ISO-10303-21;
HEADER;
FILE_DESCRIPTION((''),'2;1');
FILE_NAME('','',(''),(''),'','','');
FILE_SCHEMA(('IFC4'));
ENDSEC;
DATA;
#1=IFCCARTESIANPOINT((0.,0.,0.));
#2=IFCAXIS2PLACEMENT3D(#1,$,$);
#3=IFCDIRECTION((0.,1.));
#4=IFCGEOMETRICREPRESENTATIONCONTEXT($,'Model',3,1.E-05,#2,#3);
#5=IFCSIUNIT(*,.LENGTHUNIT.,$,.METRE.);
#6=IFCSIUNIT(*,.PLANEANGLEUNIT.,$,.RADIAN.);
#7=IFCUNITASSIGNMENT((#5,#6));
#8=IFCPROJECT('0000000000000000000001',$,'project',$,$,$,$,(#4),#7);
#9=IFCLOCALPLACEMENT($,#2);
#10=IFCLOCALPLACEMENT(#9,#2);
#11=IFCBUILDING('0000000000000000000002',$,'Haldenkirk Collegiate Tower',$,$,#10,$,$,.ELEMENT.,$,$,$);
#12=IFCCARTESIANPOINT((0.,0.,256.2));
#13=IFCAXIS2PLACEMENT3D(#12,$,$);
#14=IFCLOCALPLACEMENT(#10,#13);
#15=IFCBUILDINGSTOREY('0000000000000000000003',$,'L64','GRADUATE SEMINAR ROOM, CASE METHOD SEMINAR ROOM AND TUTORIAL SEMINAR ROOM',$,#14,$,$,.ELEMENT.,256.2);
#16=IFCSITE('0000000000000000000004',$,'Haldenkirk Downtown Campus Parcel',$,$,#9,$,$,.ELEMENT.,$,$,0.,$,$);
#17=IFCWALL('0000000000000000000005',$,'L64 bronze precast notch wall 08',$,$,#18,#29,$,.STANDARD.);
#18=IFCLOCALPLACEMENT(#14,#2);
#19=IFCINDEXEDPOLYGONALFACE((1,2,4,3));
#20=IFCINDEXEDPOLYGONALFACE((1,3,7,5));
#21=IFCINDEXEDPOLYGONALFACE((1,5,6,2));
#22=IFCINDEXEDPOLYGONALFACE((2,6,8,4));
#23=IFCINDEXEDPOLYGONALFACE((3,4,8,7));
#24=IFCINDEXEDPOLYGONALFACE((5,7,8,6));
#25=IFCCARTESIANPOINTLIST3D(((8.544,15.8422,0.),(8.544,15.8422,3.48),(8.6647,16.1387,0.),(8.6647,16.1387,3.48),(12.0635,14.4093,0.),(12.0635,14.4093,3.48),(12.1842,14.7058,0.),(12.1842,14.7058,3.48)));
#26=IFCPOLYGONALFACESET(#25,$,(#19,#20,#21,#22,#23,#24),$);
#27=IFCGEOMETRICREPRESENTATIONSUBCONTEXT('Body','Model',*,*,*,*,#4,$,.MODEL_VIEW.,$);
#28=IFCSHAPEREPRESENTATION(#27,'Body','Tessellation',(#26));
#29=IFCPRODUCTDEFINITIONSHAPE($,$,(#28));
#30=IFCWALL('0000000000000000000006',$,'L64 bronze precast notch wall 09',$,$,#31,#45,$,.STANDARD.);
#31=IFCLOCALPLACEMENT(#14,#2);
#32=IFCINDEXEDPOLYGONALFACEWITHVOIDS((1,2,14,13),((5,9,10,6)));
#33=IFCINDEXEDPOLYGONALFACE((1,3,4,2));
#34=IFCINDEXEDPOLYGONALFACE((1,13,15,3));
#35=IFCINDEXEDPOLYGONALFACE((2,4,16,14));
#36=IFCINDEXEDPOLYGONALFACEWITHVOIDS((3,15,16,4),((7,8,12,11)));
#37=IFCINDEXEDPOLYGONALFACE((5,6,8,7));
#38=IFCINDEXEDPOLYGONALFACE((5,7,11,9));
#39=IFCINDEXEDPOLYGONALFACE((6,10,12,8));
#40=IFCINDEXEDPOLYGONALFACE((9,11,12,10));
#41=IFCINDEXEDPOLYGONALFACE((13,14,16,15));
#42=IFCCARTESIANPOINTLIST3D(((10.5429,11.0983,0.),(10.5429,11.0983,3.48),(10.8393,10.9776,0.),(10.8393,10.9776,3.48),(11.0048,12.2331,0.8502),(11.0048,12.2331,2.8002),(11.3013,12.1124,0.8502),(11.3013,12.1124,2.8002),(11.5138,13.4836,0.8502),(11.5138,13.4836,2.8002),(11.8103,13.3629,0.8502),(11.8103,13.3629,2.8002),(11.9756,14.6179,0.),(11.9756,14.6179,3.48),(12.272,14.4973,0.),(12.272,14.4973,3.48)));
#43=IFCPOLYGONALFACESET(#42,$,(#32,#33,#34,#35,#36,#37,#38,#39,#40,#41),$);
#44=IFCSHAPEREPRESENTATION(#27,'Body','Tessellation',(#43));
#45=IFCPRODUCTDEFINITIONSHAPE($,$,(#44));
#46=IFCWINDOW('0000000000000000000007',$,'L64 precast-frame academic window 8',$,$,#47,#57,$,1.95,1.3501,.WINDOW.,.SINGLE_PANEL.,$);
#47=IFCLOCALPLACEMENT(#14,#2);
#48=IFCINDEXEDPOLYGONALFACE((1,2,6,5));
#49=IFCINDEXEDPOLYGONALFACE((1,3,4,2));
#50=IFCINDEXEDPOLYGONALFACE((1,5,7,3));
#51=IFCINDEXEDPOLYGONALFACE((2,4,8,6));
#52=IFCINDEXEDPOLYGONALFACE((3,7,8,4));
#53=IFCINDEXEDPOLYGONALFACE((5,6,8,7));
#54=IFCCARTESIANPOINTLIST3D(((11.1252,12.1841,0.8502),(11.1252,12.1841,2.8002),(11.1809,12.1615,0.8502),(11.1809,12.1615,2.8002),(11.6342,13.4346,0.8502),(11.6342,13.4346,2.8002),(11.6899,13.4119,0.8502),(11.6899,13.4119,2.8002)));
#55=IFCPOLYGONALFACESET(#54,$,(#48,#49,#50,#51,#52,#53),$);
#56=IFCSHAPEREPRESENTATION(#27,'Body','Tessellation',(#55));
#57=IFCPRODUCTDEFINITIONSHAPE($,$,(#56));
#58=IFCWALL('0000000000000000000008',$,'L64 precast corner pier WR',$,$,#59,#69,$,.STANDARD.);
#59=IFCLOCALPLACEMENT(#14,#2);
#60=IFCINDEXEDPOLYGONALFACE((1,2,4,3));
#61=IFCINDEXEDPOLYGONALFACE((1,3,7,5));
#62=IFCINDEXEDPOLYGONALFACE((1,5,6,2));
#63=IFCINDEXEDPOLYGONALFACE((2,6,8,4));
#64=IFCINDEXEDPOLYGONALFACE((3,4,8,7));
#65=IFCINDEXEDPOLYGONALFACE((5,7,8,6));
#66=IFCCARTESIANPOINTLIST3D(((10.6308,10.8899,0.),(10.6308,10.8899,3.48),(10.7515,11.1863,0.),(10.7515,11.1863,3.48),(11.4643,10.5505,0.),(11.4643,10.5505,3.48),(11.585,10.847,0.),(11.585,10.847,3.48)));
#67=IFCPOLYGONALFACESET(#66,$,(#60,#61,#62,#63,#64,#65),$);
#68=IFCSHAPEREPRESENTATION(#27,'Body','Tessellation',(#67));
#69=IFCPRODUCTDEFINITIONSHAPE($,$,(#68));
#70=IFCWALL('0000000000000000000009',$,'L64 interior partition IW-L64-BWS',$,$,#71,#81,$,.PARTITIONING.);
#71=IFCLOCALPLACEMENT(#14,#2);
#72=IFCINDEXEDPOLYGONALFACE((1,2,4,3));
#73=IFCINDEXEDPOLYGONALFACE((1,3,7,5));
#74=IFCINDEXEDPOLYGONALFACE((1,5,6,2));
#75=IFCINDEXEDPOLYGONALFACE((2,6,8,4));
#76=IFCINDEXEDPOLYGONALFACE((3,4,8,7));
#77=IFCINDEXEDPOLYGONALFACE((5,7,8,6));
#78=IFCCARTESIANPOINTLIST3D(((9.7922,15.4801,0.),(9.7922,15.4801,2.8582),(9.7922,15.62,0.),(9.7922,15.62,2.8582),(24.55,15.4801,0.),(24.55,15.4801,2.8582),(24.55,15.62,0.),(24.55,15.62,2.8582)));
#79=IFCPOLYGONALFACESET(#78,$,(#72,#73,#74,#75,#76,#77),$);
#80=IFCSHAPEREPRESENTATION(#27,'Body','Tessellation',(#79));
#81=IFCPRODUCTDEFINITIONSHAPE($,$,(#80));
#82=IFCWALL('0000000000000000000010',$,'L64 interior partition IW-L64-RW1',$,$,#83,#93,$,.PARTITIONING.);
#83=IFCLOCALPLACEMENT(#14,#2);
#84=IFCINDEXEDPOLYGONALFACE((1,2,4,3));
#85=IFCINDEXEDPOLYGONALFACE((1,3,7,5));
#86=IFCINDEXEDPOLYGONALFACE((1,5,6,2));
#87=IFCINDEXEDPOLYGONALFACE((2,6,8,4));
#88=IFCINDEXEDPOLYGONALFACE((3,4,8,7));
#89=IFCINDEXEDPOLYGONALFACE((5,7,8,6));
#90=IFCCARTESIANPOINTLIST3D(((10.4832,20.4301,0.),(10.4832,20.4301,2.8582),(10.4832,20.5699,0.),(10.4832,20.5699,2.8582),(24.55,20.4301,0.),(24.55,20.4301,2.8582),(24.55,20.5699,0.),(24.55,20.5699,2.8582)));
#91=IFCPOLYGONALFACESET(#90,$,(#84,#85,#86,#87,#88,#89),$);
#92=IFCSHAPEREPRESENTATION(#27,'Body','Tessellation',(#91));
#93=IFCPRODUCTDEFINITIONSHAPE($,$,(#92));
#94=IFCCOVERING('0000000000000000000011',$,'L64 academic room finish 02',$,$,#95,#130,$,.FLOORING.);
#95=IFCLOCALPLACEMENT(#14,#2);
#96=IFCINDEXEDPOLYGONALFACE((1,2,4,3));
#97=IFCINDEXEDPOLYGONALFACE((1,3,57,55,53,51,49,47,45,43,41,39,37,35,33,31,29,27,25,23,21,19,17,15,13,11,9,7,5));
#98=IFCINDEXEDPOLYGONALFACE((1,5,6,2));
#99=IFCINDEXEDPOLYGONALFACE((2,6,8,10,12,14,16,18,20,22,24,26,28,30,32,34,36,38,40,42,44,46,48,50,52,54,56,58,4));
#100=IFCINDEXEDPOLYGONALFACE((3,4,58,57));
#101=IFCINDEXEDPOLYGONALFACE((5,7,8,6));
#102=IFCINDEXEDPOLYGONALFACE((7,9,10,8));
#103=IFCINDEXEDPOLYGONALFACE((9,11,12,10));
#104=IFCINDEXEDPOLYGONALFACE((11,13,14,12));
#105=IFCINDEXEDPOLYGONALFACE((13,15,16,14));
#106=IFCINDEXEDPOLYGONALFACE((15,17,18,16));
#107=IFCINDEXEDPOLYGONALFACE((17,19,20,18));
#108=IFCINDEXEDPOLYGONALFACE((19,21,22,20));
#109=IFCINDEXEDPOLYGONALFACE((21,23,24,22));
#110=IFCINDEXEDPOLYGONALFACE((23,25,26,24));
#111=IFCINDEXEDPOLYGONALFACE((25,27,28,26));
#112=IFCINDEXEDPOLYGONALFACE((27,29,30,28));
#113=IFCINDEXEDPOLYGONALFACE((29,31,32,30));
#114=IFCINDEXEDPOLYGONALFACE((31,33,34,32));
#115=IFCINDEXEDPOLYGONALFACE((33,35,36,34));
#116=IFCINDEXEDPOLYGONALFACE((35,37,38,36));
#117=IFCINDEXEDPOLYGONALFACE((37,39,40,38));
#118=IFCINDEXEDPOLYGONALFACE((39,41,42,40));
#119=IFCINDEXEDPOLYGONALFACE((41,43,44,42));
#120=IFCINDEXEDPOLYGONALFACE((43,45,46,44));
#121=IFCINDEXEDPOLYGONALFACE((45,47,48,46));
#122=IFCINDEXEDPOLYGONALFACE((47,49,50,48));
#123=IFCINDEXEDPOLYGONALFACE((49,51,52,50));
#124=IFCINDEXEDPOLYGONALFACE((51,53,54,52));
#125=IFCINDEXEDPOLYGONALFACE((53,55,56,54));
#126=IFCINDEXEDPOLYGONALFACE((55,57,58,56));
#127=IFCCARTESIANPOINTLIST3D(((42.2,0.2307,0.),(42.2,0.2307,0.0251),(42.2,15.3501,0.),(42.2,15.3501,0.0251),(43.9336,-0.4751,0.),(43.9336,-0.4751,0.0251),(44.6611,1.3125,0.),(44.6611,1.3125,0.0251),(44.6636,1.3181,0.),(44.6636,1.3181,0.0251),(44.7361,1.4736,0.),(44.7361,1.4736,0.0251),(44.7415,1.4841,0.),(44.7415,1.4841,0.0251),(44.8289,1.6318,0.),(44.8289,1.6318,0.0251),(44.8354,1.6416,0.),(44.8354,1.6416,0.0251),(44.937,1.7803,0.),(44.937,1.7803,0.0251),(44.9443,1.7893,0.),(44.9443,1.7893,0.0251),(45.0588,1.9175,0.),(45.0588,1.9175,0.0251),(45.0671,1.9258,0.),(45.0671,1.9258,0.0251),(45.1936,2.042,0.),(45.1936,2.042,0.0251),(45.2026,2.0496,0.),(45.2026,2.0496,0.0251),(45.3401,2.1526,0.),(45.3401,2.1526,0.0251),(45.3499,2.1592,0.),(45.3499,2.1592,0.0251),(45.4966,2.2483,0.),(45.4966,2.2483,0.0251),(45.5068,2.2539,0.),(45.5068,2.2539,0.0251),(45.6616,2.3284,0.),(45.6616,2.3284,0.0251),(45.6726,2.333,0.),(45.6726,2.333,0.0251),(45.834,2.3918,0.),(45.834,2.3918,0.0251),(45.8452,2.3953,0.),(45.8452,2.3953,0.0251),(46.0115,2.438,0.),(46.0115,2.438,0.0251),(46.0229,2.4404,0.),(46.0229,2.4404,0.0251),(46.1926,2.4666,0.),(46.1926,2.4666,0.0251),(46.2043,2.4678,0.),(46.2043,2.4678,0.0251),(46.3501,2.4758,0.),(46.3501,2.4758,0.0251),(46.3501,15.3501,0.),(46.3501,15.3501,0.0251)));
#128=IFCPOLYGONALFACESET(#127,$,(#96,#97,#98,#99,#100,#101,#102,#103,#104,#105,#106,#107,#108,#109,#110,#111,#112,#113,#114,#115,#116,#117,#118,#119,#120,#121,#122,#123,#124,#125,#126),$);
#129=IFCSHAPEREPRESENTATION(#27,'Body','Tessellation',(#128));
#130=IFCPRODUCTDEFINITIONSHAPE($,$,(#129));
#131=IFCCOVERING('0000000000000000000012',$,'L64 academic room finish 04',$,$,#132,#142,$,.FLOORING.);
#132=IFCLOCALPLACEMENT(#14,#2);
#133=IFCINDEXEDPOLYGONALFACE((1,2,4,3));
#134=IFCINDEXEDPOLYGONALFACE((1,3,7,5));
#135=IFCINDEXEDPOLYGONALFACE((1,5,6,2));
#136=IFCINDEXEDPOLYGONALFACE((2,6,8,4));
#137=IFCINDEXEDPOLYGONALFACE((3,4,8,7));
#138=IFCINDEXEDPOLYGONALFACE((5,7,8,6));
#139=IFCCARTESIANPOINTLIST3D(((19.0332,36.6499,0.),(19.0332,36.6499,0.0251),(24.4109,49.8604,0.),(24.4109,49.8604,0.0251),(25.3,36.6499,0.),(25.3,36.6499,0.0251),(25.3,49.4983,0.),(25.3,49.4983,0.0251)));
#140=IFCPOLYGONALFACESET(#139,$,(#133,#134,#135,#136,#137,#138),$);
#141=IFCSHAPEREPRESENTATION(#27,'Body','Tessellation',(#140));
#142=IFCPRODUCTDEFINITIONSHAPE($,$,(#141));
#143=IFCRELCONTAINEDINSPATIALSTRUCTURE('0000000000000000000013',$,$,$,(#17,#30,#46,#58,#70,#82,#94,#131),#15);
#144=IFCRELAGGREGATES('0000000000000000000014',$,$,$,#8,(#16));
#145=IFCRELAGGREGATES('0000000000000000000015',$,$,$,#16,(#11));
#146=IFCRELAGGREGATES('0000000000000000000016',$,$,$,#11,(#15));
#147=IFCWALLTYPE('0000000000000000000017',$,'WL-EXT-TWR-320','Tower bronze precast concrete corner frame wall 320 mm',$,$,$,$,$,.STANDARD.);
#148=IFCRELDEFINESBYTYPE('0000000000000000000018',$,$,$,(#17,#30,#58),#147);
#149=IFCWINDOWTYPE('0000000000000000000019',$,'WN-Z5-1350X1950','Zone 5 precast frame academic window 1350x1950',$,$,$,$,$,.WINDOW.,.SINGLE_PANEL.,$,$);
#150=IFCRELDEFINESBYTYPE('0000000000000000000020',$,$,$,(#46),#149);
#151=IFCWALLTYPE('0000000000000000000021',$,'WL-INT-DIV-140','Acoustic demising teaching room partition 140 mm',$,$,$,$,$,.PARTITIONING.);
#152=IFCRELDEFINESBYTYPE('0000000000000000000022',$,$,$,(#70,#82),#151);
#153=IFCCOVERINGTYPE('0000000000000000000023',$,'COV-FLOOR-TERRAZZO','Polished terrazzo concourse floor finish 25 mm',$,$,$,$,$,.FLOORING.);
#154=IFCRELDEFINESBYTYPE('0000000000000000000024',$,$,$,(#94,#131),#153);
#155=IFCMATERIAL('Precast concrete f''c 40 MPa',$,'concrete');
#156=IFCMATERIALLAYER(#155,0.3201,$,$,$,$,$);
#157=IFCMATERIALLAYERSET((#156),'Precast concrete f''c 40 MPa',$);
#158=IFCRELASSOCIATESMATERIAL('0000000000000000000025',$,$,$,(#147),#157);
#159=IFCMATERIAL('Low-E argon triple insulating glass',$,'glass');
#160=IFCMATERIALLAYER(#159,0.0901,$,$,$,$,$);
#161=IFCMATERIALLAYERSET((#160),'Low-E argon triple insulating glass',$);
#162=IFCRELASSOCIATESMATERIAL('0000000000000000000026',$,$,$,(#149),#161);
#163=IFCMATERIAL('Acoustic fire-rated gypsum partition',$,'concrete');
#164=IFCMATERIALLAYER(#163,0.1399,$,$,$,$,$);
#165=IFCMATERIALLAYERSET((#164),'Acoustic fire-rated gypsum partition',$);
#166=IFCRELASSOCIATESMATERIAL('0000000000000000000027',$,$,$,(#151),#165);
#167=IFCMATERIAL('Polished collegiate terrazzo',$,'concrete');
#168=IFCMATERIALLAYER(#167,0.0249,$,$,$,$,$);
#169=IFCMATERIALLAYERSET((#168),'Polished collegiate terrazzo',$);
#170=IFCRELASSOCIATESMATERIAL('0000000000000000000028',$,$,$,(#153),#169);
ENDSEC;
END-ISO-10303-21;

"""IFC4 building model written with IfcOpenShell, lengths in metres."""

from ifc_helpers import new_model, si_unit, direction, frame, frame_2d, origin, place, context, subcontext, project, spatial, polyline, rectangle, outline, extrude, material, layer, layer_set, type_object, element, fill, save


model = new_model("IFC4")

# Units and contexts
model_context = context("Model", 3, precision=1e-05, world=origin(), true_north=direction((0.0, 1.0)))
body_context = subcontext(model_context, "Body", "Model", "MODEL_VIEW")
ifc_project = project(units=[si_unit("LENGTHUNIT", "METRE"), si_unit("PLANEANGLEUNIT", "RADIAN")], contexts=[model_context])

# Site, building, storey
site_placement = place(None, origin())
site = spatial("IfcSite", under=ifc_project, at=site_placement, Name="Haldenkirk Downtown Campus Parcel", CompositionType="ELEMENT", RefElevation=0.0)
building_placement = place(site_placement, origin())
building = spatial("IfcBuilding", under=site, at=building_placement, Name="Haldenkirk Collegiate Tower", CompositionType="ELEMENT")
storey_placement = place(building_placement, frame((0.0, 0.0, 256.2)))
storey = spatial("IfcBuildingStorey", under=building, at=storey_placement, Name="L64", Description="GRADUATE SEMINAR ROOM, CASE METHOD SEMINAR ROOM AND TUTORIAL SEMINAR ROOM", CompositionType="ELEMENT", Elevation=256.2)

# Wall
ifc_material_1 = material(Name="Precast concrete f'c 40 MPa", Category="concrete")
ifc_layer_1 = layer(ifc_material_1, 0.3201)
ifc_layer_set_1 = layer_set([ifc_layer_1], Name="Precast concrete f'c 40 MPa")
wall_type_1 = type_object("IfcWallType", Name="WL-EXT-TWR-320", Description="Tower bronze precast concrete corner frame wall 320 mm", PredefinedType="STANDARD", material=ifc_layer_set_1)
wall_1_placement = place(storey_placement, frame((12.1238, 14.5576, 0.0), z_axis=(0.0, 0.0, 1.0), x_axis=(-0.926186, 0.377066, 0.0)))
element("IfcWall", 1, at=wall_1_placement, inside=storey, type_object=wall_type_1, Name="L64 bronze precast notch wall 08", PredefinedType="STANDARD", context=body_context, shape_type="SweptSolid", body=[
    extrude(rectangle(XDim=3.8, YDim=0.3201, at=frame_2d((1.8999, 0.0))), origin(), (0.0, 0.0, 1.0), 3.48),
])

# Wall, opening, window
wall_2_placement = place(storey_placement, frame((10.6912, 11.0381, 0.0), z_axis=(0.0, 0.0, 1.0), x_axis=(0.377011, 0.926209, 0.0)))
wall_2 = element("IfcWall", 2, at=wall_2_placement, inside=storey, type_object=wall_type_1, Name="L64 bronze precast notch wall 09", PredefinedType="STANDARD", context=body_context, shape_type="SweptSolid", body=[
    extrude(rectangle(XDim=3.8, YDim=0.3201, at=frame_2d((1.8999, 0.0))), origin(), (0.0, 0.0, 1.0), 3.48),
])
opening_placement = place(wall_2_placement, frame((1.2251, 0.0, 0.8501)))
opening = element("IfcOpeningElement", 3, at=opening_placement, cuts=wall_2, PredefinedType="OPENING", context=body_context, shape_type="SweptSolid", body=[
    extrude(rectangle(XDim=1.3501, YDim=1.95, at=frame_2d((0.675, 0.9751))), frame((0.0, 0.1699, 0.0), z_axis=(0.0, -1.0, 0.0), x_axis=(1.0, 0.0, 0.0)), (0.0, 0.0, 1.0), 0.3401),
])
ifc_material_2 = material(Name="Low-E argon triple insulating glass", Category="glass")
ifc_layer_2 = layer(ifc_material_2, 0.0901)
ifc_layer_set_2 = layer_set([ifc_layer_2], Name="Low-E argon triple insulating glass")
window_type = type_object("IfcWindowType", Name="WN-Z5-1350X1950", Description="Zone 5 precast frame academic window 1350x1950", PartitioningType="SINGLE_PANEL", PredefinedType="WINDOW", material=ifc_layer_set_2)
window_placement = place(opening_placement, origin())
window = element("IfcWindow", 4, at=window_placement, inside=storey, type_object=window_type, Name="L64 precast-frame academic window 8", OverallHeight=1.95, OverallWidth=1.3501, PartitioningType="SINGLE_PANEL", PredefinedType="WINDOW", context=body_context, shape_type="SweptSolid", body=[
    extrude(rectangle(XDim=1.3501, YDim=1.95, at=frame_2d((0.675, 0.9751))), frame((0.0, 0.03, 0.0), z_axis=(0.0, -1.0, 0.0), x_axis=(1.0, 0.0, 0.0)), (0.0, 0.0, 1.0), 0.0601),
])
fill(opening, window)

# Walls
wall_3_placement = place(storey_placement, frame((11.5247, 10.6987, 0.0), z_axis=(0.0, 0.0, 1.0), x_axis=(-0.926177, 0.37709, 0.0)))
element("IfcWall", 5, at=wall_3_placement, inside=storey, type_object=wall_type_1, Name="L64 precast corner pier WR", PredefinedType="STANDARD", context=body_context, shape_type="SweptSolid", body=[
    extrude(rectangle(XDim=0.8999, YDim=0.3201, at=frame_2d((0.45, 0.0))), origin(), (0.0, 0.0, 1.0), 3.48),
])
ifc_material_3 = material(Name="Acoustic fire-rated gypsum partition", Category="concrete")
ifc_layer_3 = layer(ifc_material_3, 0.1399)
ifc_layer_set_3 = layer_set([ifc_layer_3], Name="Acoustic fire-rated gypsum partition")
wall_type_2 = type_object("IfcWallType", Name="WL-INT-DIV-140", Description="Acoustic demising teaching room partition 140 mm", PredefinedType="PARTITIONING", material=ifc_layer_set_3)
wall_4_placement = place(storey_placement, frame((9.7922, 15.55, 0.0), z_axis=(0.0, 0.0, 1.0), x_axis=(1.0, 0.0, 0.0)))
element("IfcWall", 6, at=wall_4_placement, inside=storey, type_object=wall_type_2, Name="L64 interior partition IW-L64-BWS", PredefinedType="PARTITIONING", context=body_context, shape_type="SweptSolid", body=[
    extrude(rectangle(XDim=14.7578, YDim=0.1399, at=frame_2d((7.3789, 0.0))), origin(), (0.0, 0.0, 1.0), 2.8582),
])
wall_5_placement = place(storey_placement, frame((10.4832, 20.5, 0.0), z_axis=(0.0, 0.0, 1.0), x_axis=(1.0, 0.0, 0.0)))
element("IfcWall", 7, at=wall_5_placement, inside=storey, type_object=wall_type_2, Name="L64 interior partition IW-L64-RW1", PredefinedType="PARTITIONING", context=body_context, shape_type="SweptSolid", body=[
    extrude(rectangle(XDim=14.0669, YDim=0.1399, at=frame_2d((7.0334, 0.0))), origin(), (0.0, 0.0, 1.0), 2.8582),
])

# Coverings
ifc_material_4 = material(Name="Polished collegiate terrazzo", Category="concrete")
ifc_layer_4 = layer(ifc_material_4, 0.0249)
ifc_layer_set_4 = layer_set([ifc_layer_4], Name="Polished collegiate terrazzo")
covering_type_1 = type_object("IfcCoveringType", Name="COV-FLOOR-TERRAZZO", Description="Polished terrazzo concourse floor finish 25 mm", PredefinedType="FLOORING", material=ifc_layer_set_4)
covering_1_placement = place(storey_placement, origin())
element("IfcCovering", 8, at=covering_1_placement, inside=storey, type_object=covering_type_1, Name="L64 academic room finish 02", PredefinedType="FLOORING", context=body_context, shape_type="SweptSolid", body=[
    extrude(outline(polyline([(46.3501, 2.4758), (46.2043, 2.4678), (46.1926, 2.4666), (46.0229, 2.4404), (46.0115, 2.438), (45.8452, 2.3953), (45.834, 2.3918), (45.6726, 2.333), (45.6616, 2.3284), (45.5068, 2.2539), (45.4966, 2.2483), (45.3499, 2.1592), (45.3401, 2.1526), (45.2026, 2.0496), (45.1936, 2.042), (45.0671, 1.9258), (45.0588, 1.9175), (44.9443, 1.7893), (44.937, 1.7803), (44.8354, 1.6416), (44.8289, 1.6318), (44.7415, 1.4841), (44.7361, 1.4736), (44.6636, 1.3181), (44.6611, 1.3125), (43.9336, -0.4751), (42.2, 0.2307), (42.2, 15.3501), (46.3501, 15.3501), (46.3501, 2.4758)])), origin(), (0.0, 0.0, 1.0), 0.0251),
])
covering_2_placement = place(storey_placement, origin())
element("IfcCovering", 9, at=covering_2_placement, inside=storey, type_object=covering_type_1, Name="L64 academic room finish 04", PredefinedType="FLOORING", context=body_context, shape_type="SweptSolid", body=[
    extrude(outline(polyline([(25.3, 49.4983), (25.3, 36.6499), (19.0332, 36.6499), (24.4109, 49.8604), (25.3, 49.4983)])), origin(), (0.0, 0.0, 1.0), 0.0251),
])

save(model, "model.ifc")
